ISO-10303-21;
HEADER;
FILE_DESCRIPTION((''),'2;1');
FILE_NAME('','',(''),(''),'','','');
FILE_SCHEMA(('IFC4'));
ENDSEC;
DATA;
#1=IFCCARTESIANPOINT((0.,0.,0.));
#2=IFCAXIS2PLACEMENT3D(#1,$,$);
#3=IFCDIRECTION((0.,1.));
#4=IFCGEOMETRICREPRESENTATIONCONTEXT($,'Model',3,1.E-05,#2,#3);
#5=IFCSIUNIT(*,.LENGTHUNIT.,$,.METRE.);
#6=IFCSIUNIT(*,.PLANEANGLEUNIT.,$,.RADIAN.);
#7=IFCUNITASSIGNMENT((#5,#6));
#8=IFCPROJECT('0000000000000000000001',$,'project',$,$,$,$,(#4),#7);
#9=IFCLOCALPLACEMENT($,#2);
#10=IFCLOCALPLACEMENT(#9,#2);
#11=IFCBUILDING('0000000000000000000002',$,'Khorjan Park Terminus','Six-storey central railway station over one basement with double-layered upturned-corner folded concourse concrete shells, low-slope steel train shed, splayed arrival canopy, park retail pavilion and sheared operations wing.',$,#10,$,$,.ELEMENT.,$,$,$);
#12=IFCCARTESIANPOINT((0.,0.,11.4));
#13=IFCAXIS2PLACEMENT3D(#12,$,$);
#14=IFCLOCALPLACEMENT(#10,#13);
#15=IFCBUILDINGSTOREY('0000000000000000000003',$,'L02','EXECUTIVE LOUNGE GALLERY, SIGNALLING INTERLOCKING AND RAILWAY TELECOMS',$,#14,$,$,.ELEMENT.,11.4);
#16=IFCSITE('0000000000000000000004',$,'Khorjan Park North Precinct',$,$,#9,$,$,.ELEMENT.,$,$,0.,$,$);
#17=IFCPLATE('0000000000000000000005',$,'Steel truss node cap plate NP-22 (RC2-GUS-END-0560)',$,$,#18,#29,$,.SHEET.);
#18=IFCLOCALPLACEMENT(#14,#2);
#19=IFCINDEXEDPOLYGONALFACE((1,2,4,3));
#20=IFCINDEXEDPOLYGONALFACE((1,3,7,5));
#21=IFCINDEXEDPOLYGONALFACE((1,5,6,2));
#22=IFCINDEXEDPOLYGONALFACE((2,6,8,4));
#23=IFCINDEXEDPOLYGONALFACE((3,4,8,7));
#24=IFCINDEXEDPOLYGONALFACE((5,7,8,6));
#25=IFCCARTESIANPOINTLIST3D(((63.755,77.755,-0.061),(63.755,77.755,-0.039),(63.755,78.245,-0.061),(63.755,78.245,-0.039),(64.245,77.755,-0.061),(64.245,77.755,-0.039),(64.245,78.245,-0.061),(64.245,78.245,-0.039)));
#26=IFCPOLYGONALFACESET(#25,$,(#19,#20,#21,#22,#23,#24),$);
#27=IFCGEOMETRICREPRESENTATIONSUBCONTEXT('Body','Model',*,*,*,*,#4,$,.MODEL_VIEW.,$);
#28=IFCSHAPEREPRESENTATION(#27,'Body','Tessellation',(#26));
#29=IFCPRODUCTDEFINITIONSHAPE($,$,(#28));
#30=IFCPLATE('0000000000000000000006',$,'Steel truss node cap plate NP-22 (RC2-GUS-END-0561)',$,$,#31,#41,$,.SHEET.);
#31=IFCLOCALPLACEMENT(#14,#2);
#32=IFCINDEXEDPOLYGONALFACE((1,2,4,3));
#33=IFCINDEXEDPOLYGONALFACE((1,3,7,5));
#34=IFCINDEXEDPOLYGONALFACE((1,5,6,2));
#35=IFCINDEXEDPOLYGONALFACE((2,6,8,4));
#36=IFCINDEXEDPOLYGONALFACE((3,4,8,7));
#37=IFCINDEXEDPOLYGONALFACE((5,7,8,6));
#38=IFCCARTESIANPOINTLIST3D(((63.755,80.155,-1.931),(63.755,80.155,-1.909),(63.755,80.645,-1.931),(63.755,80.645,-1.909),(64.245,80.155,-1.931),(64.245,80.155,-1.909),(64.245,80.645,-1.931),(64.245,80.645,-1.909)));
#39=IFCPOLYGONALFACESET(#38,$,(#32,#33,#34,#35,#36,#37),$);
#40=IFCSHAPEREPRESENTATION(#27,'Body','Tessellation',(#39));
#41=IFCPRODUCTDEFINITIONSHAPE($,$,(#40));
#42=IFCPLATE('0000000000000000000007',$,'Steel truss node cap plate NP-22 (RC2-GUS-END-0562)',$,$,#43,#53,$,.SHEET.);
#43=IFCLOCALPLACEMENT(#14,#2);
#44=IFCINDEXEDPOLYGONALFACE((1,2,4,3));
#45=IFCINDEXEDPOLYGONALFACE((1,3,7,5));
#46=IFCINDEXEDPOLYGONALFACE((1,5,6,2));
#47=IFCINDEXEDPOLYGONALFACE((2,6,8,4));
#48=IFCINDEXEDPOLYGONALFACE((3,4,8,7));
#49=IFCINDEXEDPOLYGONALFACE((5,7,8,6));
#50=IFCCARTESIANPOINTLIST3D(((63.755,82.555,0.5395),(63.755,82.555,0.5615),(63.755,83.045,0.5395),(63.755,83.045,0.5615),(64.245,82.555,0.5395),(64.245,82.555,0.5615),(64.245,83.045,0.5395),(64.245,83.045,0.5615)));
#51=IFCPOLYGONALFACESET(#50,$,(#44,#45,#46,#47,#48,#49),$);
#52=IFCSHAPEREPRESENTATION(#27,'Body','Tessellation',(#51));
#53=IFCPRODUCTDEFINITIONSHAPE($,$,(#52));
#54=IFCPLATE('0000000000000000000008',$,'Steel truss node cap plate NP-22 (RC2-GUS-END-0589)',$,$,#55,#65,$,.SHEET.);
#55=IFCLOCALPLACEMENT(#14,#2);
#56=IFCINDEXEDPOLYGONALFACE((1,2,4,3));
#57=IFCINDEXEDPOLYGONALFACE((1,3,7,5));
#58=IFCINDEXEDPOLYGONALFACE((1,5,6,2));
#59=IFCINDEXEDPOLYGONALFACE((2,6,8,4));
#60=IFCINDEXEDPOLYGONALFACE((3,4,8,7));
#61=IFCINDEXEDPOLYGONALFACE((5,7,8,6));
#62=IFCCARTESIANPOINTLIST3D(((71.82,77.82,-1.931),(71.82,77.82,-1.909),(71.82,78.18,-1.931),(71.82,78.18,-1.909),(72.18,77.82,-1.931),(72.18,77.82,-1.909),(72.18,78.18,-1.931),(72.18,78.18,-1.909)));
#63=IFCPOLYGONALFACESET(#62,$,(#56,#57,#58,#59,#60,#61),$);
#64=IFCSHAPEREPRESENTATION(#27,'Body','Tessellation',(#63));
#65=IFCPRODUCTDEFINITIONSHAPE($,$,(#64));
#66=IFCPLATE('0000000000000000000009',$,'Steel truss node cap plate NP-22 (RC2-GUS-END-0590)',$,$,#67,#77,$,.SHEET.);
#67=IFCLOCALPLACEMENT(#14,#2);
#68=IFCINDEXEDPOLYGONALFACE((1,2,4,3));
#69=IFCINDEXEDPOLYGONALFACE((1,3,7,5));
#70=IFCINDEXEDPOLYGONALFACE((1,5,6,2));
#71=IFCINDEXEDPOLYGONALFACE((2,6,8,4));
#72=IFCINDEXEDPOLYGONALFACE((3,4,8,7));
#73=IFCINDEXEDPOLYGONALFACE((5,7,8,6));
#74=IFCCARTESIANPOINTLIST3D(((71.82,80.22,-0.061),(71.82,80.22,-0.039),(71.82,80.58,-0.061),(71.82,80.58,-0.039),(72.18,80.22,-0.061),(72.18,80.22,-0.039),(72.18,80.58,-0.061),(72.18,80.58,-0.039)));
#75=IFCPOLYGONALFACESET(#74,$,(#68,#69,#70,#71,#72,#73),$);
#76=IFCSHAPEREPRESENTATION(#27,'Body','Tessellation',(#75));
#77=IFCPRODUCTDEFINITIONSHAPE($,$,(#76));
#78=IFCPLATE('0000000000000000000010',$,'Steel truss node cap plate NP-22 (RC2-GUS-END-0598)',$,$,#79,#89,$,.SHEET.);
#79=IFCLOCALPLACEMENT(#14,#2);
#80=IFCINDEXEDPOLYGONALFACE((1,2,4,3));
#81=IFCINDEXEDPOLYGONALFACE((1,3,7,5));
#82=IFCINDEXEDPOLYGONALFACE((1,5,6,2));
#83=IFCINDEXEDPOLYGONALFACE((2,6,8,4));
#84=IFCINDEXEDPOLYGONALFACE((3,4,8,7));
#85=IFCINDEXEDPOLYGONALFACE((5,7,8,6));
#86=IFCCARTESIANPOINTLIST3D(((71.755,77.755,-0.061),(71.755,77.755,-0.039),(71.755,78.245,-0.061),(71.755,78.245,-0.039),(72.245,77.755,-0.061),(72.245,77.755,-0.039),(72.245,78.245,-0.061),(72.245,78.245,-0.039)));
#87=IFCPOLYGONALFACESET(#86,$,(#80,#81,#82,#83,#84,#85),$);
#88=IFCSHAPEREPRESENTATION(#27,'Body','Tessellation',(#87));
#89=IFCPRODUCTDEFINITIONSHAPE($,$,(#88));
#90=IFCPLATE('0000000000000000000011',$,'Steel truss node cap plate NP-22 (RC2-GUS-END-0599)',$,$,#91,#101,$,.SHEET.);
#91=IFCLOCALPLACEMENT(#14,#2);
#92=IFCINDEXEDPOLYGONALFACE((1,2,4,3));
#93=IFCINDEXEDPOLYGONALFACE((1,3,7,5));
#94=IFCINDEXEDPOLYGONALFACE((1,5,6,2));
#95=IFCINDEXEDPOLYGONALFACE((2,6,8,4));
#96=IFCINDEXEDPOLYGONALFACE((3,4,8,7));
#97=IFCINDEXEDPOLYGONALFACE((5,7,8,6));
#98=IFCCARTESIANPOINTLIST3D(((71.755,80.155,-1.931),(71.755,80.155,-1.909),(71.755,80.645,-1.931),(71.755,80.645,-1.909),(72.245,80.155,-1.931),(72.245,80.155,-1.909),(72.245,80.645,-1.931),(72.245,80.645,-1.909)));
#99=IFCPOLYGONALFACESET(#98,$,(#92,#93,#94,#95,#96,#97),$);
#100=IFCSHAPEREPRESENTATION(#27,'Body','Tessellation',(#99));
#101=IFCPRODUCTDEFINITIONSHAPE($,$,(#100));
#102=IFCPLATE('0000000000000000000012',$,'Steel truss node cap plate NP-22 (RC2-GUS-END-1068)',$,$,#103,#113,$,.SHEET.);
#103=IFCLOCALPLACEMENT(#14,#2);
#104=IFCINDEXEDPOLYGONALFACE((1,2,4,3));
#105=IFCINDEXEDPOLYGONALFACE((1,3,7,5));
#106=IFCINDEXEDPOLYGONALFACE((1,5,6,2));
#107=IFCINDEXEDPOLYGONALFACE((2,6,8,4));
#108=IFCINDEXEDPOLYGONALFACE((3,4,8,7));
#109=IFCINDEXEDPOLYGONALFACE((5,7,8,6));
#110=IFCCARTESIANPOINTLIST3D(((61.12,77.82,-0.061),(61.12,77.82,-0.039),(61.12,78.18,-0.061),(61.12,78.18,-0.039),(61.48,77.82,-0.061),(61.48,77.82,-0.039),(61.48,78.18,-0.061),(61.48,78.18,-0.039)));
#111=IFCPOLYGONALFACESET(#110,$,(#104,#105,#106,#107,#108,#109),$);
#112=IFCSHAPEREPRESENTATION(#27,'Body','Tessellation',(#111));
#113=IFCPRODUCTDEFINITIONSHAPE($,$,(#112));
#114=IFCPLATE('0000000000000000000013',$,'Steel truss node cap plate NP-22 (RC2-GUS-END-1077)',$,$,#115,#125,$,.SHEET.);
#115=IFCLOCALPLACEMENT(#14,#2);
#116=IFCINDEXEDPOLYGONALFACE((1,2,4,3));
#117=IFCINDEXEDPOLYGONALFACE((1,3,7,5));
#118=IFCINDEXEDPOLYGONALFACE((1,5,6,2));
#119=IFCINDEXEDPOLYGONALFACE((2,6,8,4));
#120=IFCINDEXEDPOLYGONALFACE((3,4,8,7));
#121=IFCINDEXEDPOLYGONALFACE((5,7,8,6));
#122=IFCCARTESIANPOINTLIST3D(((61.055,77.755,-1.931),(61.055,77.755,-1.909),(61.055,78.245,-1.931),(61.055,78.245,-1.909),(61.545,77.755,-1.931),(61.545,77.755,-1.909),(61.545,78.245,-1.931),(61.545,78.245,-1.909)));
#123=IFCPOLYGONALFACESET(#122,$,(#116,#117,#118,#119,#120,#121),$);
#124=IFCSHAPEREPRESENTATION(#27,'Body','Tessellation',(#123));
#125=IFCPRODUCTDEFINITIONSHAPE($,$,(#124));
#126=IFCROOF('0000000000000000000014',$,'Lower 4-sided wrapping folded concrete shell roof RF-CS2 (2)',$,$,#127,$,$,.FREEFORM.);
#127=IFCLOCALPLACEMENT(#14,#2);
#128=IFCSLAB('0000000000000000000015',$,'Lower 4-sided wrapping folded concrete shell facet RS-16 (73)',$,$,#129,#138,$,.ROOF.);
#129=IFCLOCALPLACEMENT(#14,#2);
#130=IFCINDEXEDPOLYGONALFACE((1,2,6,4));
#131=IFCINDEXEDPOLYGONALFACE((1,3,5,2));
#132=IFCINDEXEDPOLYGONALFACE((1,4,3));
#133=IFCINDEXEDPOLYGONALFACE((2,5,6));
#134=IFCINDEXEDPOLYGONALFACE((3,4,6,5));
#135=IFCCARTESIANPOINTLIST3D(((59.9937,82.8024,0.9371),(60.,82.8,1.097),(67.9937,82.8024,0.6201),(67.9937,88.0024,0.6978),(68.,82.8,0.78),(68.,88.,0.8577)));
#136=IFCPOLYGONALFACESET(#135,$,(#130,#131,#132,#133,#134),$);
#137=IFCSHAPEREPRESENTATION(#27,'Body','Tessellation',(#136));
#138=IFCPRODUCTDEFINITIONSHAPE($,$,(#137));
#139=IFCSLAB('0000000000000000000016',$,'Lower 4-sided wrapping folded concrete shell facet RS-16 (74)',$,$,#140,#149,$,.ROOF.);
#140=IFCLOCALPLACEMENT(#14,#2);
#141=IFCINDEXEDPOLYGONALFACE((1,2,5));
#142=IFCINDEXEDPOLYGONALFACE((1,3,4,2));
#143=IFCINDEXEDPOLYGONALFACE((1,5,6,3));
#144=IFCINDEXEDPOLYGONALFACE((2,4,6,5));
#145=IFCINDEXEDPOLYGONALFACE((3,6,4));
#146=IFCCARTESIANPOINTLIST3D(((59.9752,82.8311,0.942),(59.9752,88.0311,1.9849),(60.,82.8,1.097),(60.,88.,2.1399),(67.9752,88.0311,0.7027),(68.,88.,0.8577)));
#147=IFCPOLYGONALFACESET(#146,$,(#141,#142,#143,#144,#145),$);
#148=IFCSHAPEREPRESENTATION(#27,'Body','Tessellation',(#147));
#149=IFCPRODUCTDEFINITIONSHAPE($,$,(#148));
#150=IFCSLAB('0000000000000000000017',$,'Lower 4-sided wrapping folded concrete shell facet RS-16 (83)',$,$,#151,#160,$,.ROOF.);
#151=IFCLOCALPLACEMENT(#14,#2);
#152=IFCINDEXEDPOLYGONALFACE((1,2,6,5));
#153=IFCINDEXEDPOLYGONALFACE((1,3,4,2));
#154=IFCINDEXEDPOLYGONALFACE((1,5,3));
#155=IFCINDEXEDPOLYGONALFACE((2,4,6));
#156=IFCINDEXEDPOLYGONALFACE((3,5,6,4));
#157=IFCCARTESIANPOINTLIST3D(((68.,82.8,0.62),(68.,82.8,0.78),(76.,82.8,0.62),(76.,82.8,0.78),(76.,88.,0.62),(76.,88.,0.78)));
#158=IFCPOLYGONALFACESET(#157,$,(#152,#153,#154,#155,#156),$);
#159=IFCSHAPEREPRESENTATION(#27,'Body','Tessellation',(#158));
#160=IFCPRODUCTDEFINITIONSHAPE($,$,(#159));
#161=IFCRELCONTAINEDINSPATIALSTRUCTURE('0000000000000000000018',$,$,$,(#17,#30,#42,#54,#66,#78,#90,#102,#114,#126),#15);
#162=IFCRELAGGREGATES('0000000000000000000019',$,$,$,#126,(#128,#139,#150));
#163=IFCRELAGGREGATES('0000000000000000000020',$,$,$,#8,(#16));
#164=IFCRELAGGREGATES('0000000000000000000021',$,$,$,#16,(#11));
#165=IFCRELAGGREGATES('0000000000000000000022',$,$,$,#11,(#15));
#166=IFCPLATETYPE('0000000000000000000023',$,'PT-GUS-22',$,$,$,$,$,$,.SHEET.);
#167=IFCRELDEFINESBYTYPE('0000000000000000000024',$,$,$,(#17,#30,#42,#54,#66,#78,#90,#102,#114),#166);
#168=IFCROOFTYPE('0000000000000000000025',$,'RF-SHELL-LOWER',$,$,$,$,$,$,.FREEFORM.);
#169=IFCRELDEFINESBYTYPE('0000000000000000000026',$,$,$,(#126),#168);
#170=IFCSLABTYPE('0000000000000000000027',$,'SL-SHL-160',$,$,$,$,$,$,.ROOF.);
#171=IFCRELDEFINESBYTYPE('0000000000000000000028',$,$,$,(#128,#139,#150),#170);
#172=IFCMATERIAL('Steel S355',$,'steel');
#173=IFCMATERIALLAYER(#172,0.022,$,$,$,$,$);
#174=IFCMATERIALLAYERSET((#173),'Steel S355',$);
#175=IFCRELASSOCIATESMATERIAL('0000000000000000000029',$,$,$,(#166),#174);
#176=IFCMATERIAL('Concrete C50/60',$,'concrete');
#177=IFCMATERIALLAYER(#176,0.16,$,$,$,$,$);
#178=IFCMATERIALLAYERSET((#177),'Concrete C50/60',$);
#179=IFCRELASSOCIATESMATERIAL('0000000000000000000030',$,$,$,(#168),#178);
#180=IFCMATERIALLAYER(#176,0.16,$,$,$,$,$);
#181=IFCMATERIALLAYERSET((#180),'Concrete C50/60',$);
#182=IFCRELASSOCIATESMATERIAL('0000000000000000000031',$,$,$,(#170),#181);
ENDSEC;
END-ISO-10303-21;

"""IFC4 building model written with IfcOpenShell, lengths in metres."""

from ifc_helpers import new_model, si_unit, direction, frame, origin, origin_2d, place, context, subcontext, project, spatial, polyline, rectangle, outline, extrude, material, layer, layer_set, type_object, element, aggregate, save


model = new_model("IFC4")

# Units and contexts
model_context = context("Model", 3, precision=1e-05, world=origin(), true_north=direction((0.0, 1.0)))
body_context = subcontext(model_context, "Body", "Model", "MODEL_VIEW")
ifc_project = project(units=[si_unit("LENGTHUNIT", "METRE"), si_unit("PLANEANGLEUNIT", "RADIAN")], contexts=[model_context])

# Site, building, storey
site_placement = place(None, origin())
site = spatial("IfcSite", under=ifc_project, at=site_placement, Name="Khorjan Park North Precinct", CompositionType="ELEMENT", RefElevation=0.0)
building_placement = place(site_placement, origin())
building = spatial("IfcBuilding", under=site, at=building_placement, Name="Khorjan Park Terminus", Description="Six-storey central railway station over one basement with double-layered upturned-corner folded concourse concrete shells, low-slope steel train shed, splayed arrival canopy, park retail pavilion and sheared operations wing.", CompositionType="ELEMENT")
storey_placement = place(building_placement, frame((0.0, 0.0, 11.4)))
storey = spatial("IfcBuildingStorey", under=building, at=storey_placement, Name="L02", Description="EXECUTIVE LOUNGE GALLERY, SIGNALLING INTERLOCKING AND RAILWAY TELECOMS", CompositionType="ELEMENT", Elevation=11.4)

# Shared definitions
ifc_material_1 = material(Name="Steel S355", Category="steel")

# Plates
ifc_layer_1 = layer(ifc_material_1, 0.022)
ifc_layer_set_1 = layer_set([ifc_layer_1], Name="Steel S355")
plate_type = type_object("IfcPlateType", Name="PT-GUS-22", PredefinedType="SHEET", material=ifc_layer_set_1)
for number, where, z_axis, x_axis, name in (
    (1, (64.0, 78.0, -0.061), (0.0, 0.0, 1.0), (1.0, 0.0, 0.0), "Steel truss node cap plate NP-22 (RC2-GUS-END-0560)"),
    (2, (64.0, 80.4, -1.931), (0.0, 0.0, 1.0), (1.0, 0.0, 0.0), "Steel truss node cap plate NP-22 (RC2-GUS-END-0561)"),
    (3, (64.0, 82.8, 0.5395), (0.0, 0.0, 1.0), (1.0, 0.0, 0.0), "Steel truss node cap plate NP-22 (RC2-GUS-END-0562)"),
):
    element("IfcPlate", number, at=place(storey_placement, frame(where, z_axis=z_axis, x_axis=x_axis)), inside=storey, type_object=plate_type, Name=name, PredefinedType="SHEET", context=body_context, shape_type="SweptSolid", body=[
        extrude(rectangle(XDim=0.49, YDim=0.49, at=origin_2d()), origin(), (0.0, 0.0, 1.0), 0.022),
    ])
for number, where, z_axis, x_axis, name in (
    (4, (72.0, 78.0, -1.931), (0.0, 0.0, 1.0), (1.0, 0.0, 0.0), "Steel truss node cap plate NP-22 (RC2-GUS-END-0589)"),
    (5, (72.0, 80.4, -0.061), (0.0, 0.0, 1.0), (1.0, 0.0, 0.0), "Steel truss node cap plate NP-22 (RC2-GUS-END-0590)"),
):
    element("IfcPlate", number, at=place(storey_placement, frame(where, z_axis=z_axis, x_axis=x_axis)), inside=storey, type_object=plate_type, Name=name, PredefinedType="SHEET", context=body_context, shape_type="SweptSolid", body=[
        extrude(rectangle(XDim=0.36, YDim=0.36, at=origin_2d()), origin(), (0.0, 0.0, 1.0), 0.022),
    ])
for number, where, z_axis, x_axis, name in (
    (6, (72.0, 78.0, -0.061), (0.0, 0.0, 1.0), (1.0, 0.0, 0.0), "Steel truss node cap plate NP-22 (RC2-GUS-END-0598)"),
    (7, (72.0, 80.4, -1.931), (0.0, 0.0, 1.0), (1.0, 0.0, 0.0), "Steel truss node cap plate NP-22 (RC2-GUS-END-0599)"),
):
    element("IfcPlate", number, at=place(storey_placement, frame(where, z_axis=z_axis, x_axis=x_axis)), inside=storey, type_object=plate_type, Name=name, PredefinedType="SHEET", context=body_context, shape_type="SweptSolid", body=[
        extrude(rectangle(XDim=0.49, YDim=0.49, at=origin_2d()), origin(), (0.0, 0.0, 1.0), 0.022),
    ])
plate_1_placement = place(storey_placement, frame((61.3, 78.0, -0.061), z_axis=(0.0, 0.0, 1.0), x_axis=(1.0, 0.0, 0.0)))
element("IfcPlate", 8, at=plate_1_placement, inside=storey, type_object=plate_type, Name="Steel truss node cap plate NP-22 (RC2-GUS-END-1068)", PredefinedType="SHEET", context=body_context, shape_type="SweptSolid", body=[
    extrude(rectangle(XDim=0.36, YDim=0.36, at=origin_2d()), origin(), (0.0, 0.0, 1.0), 0.022),
])
plate_2_placement = place(storey_placement, frame((61.3, 78.0, -1.931), z_axis=(0.0, 0.0, 1.0), x_axis=(1.0, 0.0, 0.0)))
element("IfcPlate", 9, at=plate_2_placement, inside=storey, type_object=plate_type, Name="Steel truss node cap plate NP-22 (RC2-GUS-END-1077)", PredefinedType="SHEET", context=body_context, shape_type="SweptSolid", body=[
    extrude(rectangle(XDim=0.49, YDim=0.49, at=origin_2d()), origin(), (0.0, 0.0, 1.0), 0.022),
])

# Roof, slabs
ifc_material_2 = material(Name="Concrete C50/60", Category="concrete")
ifc_layer_2 = layer(ifc_material_2, 0.16)
ifc_layer_set_2 = layer_set([ifc_layer_2], Name="Concrete C50/60")
roof_type = type_object("IfcRoofType", Name="RF-SHELL-LOWER", PredefinedType="FREEFORM", material=ifc_layer_set_2)
roof_placement = place(storey_placement, origin())
roof = element("IfcRoof", 10, at=roof_placement, inside=storey, type_object=roof_type, Name="Lower 4-sided wrapping folded concrete shell roof RF-CS2 (2)", PredefinedType="FREEFORM")
ifc_layer_3 = layer(ifc_material_2, 0.16)
ifc_layer_set_3 = layer_set([ifc_layer_3], Name="Concrete C50/60")
slab_type = type_object("IfcSlabType", Name="SL-SHL-160", PredefinedType="ROOF", material=ifc_layer_set_3)
slab_1_placement = place(storey_placement, frame((60.0, 82.8, 1.097), z_axis=(0.03959, -0.014929, 0.999104), x_axis=(0.999216, 0.0, -0.039594)))
slab_1 = element("IfcSlab", 11, at=slab_1_placement, type_object=slab_type, Name="Lower 4-sided wrapping folded concrete shell facet RS-16 (73)", PredefinedType="ROOF", context=body_context, shape_type="SweptSolid", body=[
    extrude(outline(polyline([(0.0, 0.0), (8.0063, 0.0), (8.0032, 5.2006), (0.0, 0.0)])), origin(), (0.0, 0.0, -1.0), 0.16),
])
slab_2_placement = place(storey_placement, frame((60.0, 82.8, 1.097), z_axis=(0.155241, -0.194258, 0.968589), x_axis=(0.83818, 0.544817, -0.025072)))
slab_2 = element("IfcSlab", 12, at=slab_2_placement, type_object=slab_type, Name="Lower 4-sided wrapping folded concrete shell facet RS-16 (74)", PredefinedType="ROOF", context=body_context, shape_type="SweptSolid", body=[
    extrude(outline(polyline([(0.0, 0.0), (9.5445, 0.0), (2.8069, 4.4999), (0.0, 0.0)])), origin(), (0.0, 0.0, -1.0), 0.16),
])
slab_3_placement = place(storey_placement, frame((68.0, 82.8, 0.78), z_axis=(0.0, 0.0, 1.0), x_axis=(1.0, 0.0, 0.0)))
slab_3 = element("IfcSlab", 13, at=slab_3_placement, type_object=slab_type, Name="Lower 4-sided wrapping folded concrete shell facet RS-16 (83)", PredefinedType="ROOF", context=body_context, shape_type="SweptSolid", body=[
    extrude(outline(polyline([(0.0, 0.0), (8.0, 0.0), (8.0, 5.2), (0.0, 0.0)])), origin(), (0.0, 0.0, -1.0), 0.16),
])
aggregate(roof, [slab_1, slab_2, slab_3])

save(model, "model.ifc")
